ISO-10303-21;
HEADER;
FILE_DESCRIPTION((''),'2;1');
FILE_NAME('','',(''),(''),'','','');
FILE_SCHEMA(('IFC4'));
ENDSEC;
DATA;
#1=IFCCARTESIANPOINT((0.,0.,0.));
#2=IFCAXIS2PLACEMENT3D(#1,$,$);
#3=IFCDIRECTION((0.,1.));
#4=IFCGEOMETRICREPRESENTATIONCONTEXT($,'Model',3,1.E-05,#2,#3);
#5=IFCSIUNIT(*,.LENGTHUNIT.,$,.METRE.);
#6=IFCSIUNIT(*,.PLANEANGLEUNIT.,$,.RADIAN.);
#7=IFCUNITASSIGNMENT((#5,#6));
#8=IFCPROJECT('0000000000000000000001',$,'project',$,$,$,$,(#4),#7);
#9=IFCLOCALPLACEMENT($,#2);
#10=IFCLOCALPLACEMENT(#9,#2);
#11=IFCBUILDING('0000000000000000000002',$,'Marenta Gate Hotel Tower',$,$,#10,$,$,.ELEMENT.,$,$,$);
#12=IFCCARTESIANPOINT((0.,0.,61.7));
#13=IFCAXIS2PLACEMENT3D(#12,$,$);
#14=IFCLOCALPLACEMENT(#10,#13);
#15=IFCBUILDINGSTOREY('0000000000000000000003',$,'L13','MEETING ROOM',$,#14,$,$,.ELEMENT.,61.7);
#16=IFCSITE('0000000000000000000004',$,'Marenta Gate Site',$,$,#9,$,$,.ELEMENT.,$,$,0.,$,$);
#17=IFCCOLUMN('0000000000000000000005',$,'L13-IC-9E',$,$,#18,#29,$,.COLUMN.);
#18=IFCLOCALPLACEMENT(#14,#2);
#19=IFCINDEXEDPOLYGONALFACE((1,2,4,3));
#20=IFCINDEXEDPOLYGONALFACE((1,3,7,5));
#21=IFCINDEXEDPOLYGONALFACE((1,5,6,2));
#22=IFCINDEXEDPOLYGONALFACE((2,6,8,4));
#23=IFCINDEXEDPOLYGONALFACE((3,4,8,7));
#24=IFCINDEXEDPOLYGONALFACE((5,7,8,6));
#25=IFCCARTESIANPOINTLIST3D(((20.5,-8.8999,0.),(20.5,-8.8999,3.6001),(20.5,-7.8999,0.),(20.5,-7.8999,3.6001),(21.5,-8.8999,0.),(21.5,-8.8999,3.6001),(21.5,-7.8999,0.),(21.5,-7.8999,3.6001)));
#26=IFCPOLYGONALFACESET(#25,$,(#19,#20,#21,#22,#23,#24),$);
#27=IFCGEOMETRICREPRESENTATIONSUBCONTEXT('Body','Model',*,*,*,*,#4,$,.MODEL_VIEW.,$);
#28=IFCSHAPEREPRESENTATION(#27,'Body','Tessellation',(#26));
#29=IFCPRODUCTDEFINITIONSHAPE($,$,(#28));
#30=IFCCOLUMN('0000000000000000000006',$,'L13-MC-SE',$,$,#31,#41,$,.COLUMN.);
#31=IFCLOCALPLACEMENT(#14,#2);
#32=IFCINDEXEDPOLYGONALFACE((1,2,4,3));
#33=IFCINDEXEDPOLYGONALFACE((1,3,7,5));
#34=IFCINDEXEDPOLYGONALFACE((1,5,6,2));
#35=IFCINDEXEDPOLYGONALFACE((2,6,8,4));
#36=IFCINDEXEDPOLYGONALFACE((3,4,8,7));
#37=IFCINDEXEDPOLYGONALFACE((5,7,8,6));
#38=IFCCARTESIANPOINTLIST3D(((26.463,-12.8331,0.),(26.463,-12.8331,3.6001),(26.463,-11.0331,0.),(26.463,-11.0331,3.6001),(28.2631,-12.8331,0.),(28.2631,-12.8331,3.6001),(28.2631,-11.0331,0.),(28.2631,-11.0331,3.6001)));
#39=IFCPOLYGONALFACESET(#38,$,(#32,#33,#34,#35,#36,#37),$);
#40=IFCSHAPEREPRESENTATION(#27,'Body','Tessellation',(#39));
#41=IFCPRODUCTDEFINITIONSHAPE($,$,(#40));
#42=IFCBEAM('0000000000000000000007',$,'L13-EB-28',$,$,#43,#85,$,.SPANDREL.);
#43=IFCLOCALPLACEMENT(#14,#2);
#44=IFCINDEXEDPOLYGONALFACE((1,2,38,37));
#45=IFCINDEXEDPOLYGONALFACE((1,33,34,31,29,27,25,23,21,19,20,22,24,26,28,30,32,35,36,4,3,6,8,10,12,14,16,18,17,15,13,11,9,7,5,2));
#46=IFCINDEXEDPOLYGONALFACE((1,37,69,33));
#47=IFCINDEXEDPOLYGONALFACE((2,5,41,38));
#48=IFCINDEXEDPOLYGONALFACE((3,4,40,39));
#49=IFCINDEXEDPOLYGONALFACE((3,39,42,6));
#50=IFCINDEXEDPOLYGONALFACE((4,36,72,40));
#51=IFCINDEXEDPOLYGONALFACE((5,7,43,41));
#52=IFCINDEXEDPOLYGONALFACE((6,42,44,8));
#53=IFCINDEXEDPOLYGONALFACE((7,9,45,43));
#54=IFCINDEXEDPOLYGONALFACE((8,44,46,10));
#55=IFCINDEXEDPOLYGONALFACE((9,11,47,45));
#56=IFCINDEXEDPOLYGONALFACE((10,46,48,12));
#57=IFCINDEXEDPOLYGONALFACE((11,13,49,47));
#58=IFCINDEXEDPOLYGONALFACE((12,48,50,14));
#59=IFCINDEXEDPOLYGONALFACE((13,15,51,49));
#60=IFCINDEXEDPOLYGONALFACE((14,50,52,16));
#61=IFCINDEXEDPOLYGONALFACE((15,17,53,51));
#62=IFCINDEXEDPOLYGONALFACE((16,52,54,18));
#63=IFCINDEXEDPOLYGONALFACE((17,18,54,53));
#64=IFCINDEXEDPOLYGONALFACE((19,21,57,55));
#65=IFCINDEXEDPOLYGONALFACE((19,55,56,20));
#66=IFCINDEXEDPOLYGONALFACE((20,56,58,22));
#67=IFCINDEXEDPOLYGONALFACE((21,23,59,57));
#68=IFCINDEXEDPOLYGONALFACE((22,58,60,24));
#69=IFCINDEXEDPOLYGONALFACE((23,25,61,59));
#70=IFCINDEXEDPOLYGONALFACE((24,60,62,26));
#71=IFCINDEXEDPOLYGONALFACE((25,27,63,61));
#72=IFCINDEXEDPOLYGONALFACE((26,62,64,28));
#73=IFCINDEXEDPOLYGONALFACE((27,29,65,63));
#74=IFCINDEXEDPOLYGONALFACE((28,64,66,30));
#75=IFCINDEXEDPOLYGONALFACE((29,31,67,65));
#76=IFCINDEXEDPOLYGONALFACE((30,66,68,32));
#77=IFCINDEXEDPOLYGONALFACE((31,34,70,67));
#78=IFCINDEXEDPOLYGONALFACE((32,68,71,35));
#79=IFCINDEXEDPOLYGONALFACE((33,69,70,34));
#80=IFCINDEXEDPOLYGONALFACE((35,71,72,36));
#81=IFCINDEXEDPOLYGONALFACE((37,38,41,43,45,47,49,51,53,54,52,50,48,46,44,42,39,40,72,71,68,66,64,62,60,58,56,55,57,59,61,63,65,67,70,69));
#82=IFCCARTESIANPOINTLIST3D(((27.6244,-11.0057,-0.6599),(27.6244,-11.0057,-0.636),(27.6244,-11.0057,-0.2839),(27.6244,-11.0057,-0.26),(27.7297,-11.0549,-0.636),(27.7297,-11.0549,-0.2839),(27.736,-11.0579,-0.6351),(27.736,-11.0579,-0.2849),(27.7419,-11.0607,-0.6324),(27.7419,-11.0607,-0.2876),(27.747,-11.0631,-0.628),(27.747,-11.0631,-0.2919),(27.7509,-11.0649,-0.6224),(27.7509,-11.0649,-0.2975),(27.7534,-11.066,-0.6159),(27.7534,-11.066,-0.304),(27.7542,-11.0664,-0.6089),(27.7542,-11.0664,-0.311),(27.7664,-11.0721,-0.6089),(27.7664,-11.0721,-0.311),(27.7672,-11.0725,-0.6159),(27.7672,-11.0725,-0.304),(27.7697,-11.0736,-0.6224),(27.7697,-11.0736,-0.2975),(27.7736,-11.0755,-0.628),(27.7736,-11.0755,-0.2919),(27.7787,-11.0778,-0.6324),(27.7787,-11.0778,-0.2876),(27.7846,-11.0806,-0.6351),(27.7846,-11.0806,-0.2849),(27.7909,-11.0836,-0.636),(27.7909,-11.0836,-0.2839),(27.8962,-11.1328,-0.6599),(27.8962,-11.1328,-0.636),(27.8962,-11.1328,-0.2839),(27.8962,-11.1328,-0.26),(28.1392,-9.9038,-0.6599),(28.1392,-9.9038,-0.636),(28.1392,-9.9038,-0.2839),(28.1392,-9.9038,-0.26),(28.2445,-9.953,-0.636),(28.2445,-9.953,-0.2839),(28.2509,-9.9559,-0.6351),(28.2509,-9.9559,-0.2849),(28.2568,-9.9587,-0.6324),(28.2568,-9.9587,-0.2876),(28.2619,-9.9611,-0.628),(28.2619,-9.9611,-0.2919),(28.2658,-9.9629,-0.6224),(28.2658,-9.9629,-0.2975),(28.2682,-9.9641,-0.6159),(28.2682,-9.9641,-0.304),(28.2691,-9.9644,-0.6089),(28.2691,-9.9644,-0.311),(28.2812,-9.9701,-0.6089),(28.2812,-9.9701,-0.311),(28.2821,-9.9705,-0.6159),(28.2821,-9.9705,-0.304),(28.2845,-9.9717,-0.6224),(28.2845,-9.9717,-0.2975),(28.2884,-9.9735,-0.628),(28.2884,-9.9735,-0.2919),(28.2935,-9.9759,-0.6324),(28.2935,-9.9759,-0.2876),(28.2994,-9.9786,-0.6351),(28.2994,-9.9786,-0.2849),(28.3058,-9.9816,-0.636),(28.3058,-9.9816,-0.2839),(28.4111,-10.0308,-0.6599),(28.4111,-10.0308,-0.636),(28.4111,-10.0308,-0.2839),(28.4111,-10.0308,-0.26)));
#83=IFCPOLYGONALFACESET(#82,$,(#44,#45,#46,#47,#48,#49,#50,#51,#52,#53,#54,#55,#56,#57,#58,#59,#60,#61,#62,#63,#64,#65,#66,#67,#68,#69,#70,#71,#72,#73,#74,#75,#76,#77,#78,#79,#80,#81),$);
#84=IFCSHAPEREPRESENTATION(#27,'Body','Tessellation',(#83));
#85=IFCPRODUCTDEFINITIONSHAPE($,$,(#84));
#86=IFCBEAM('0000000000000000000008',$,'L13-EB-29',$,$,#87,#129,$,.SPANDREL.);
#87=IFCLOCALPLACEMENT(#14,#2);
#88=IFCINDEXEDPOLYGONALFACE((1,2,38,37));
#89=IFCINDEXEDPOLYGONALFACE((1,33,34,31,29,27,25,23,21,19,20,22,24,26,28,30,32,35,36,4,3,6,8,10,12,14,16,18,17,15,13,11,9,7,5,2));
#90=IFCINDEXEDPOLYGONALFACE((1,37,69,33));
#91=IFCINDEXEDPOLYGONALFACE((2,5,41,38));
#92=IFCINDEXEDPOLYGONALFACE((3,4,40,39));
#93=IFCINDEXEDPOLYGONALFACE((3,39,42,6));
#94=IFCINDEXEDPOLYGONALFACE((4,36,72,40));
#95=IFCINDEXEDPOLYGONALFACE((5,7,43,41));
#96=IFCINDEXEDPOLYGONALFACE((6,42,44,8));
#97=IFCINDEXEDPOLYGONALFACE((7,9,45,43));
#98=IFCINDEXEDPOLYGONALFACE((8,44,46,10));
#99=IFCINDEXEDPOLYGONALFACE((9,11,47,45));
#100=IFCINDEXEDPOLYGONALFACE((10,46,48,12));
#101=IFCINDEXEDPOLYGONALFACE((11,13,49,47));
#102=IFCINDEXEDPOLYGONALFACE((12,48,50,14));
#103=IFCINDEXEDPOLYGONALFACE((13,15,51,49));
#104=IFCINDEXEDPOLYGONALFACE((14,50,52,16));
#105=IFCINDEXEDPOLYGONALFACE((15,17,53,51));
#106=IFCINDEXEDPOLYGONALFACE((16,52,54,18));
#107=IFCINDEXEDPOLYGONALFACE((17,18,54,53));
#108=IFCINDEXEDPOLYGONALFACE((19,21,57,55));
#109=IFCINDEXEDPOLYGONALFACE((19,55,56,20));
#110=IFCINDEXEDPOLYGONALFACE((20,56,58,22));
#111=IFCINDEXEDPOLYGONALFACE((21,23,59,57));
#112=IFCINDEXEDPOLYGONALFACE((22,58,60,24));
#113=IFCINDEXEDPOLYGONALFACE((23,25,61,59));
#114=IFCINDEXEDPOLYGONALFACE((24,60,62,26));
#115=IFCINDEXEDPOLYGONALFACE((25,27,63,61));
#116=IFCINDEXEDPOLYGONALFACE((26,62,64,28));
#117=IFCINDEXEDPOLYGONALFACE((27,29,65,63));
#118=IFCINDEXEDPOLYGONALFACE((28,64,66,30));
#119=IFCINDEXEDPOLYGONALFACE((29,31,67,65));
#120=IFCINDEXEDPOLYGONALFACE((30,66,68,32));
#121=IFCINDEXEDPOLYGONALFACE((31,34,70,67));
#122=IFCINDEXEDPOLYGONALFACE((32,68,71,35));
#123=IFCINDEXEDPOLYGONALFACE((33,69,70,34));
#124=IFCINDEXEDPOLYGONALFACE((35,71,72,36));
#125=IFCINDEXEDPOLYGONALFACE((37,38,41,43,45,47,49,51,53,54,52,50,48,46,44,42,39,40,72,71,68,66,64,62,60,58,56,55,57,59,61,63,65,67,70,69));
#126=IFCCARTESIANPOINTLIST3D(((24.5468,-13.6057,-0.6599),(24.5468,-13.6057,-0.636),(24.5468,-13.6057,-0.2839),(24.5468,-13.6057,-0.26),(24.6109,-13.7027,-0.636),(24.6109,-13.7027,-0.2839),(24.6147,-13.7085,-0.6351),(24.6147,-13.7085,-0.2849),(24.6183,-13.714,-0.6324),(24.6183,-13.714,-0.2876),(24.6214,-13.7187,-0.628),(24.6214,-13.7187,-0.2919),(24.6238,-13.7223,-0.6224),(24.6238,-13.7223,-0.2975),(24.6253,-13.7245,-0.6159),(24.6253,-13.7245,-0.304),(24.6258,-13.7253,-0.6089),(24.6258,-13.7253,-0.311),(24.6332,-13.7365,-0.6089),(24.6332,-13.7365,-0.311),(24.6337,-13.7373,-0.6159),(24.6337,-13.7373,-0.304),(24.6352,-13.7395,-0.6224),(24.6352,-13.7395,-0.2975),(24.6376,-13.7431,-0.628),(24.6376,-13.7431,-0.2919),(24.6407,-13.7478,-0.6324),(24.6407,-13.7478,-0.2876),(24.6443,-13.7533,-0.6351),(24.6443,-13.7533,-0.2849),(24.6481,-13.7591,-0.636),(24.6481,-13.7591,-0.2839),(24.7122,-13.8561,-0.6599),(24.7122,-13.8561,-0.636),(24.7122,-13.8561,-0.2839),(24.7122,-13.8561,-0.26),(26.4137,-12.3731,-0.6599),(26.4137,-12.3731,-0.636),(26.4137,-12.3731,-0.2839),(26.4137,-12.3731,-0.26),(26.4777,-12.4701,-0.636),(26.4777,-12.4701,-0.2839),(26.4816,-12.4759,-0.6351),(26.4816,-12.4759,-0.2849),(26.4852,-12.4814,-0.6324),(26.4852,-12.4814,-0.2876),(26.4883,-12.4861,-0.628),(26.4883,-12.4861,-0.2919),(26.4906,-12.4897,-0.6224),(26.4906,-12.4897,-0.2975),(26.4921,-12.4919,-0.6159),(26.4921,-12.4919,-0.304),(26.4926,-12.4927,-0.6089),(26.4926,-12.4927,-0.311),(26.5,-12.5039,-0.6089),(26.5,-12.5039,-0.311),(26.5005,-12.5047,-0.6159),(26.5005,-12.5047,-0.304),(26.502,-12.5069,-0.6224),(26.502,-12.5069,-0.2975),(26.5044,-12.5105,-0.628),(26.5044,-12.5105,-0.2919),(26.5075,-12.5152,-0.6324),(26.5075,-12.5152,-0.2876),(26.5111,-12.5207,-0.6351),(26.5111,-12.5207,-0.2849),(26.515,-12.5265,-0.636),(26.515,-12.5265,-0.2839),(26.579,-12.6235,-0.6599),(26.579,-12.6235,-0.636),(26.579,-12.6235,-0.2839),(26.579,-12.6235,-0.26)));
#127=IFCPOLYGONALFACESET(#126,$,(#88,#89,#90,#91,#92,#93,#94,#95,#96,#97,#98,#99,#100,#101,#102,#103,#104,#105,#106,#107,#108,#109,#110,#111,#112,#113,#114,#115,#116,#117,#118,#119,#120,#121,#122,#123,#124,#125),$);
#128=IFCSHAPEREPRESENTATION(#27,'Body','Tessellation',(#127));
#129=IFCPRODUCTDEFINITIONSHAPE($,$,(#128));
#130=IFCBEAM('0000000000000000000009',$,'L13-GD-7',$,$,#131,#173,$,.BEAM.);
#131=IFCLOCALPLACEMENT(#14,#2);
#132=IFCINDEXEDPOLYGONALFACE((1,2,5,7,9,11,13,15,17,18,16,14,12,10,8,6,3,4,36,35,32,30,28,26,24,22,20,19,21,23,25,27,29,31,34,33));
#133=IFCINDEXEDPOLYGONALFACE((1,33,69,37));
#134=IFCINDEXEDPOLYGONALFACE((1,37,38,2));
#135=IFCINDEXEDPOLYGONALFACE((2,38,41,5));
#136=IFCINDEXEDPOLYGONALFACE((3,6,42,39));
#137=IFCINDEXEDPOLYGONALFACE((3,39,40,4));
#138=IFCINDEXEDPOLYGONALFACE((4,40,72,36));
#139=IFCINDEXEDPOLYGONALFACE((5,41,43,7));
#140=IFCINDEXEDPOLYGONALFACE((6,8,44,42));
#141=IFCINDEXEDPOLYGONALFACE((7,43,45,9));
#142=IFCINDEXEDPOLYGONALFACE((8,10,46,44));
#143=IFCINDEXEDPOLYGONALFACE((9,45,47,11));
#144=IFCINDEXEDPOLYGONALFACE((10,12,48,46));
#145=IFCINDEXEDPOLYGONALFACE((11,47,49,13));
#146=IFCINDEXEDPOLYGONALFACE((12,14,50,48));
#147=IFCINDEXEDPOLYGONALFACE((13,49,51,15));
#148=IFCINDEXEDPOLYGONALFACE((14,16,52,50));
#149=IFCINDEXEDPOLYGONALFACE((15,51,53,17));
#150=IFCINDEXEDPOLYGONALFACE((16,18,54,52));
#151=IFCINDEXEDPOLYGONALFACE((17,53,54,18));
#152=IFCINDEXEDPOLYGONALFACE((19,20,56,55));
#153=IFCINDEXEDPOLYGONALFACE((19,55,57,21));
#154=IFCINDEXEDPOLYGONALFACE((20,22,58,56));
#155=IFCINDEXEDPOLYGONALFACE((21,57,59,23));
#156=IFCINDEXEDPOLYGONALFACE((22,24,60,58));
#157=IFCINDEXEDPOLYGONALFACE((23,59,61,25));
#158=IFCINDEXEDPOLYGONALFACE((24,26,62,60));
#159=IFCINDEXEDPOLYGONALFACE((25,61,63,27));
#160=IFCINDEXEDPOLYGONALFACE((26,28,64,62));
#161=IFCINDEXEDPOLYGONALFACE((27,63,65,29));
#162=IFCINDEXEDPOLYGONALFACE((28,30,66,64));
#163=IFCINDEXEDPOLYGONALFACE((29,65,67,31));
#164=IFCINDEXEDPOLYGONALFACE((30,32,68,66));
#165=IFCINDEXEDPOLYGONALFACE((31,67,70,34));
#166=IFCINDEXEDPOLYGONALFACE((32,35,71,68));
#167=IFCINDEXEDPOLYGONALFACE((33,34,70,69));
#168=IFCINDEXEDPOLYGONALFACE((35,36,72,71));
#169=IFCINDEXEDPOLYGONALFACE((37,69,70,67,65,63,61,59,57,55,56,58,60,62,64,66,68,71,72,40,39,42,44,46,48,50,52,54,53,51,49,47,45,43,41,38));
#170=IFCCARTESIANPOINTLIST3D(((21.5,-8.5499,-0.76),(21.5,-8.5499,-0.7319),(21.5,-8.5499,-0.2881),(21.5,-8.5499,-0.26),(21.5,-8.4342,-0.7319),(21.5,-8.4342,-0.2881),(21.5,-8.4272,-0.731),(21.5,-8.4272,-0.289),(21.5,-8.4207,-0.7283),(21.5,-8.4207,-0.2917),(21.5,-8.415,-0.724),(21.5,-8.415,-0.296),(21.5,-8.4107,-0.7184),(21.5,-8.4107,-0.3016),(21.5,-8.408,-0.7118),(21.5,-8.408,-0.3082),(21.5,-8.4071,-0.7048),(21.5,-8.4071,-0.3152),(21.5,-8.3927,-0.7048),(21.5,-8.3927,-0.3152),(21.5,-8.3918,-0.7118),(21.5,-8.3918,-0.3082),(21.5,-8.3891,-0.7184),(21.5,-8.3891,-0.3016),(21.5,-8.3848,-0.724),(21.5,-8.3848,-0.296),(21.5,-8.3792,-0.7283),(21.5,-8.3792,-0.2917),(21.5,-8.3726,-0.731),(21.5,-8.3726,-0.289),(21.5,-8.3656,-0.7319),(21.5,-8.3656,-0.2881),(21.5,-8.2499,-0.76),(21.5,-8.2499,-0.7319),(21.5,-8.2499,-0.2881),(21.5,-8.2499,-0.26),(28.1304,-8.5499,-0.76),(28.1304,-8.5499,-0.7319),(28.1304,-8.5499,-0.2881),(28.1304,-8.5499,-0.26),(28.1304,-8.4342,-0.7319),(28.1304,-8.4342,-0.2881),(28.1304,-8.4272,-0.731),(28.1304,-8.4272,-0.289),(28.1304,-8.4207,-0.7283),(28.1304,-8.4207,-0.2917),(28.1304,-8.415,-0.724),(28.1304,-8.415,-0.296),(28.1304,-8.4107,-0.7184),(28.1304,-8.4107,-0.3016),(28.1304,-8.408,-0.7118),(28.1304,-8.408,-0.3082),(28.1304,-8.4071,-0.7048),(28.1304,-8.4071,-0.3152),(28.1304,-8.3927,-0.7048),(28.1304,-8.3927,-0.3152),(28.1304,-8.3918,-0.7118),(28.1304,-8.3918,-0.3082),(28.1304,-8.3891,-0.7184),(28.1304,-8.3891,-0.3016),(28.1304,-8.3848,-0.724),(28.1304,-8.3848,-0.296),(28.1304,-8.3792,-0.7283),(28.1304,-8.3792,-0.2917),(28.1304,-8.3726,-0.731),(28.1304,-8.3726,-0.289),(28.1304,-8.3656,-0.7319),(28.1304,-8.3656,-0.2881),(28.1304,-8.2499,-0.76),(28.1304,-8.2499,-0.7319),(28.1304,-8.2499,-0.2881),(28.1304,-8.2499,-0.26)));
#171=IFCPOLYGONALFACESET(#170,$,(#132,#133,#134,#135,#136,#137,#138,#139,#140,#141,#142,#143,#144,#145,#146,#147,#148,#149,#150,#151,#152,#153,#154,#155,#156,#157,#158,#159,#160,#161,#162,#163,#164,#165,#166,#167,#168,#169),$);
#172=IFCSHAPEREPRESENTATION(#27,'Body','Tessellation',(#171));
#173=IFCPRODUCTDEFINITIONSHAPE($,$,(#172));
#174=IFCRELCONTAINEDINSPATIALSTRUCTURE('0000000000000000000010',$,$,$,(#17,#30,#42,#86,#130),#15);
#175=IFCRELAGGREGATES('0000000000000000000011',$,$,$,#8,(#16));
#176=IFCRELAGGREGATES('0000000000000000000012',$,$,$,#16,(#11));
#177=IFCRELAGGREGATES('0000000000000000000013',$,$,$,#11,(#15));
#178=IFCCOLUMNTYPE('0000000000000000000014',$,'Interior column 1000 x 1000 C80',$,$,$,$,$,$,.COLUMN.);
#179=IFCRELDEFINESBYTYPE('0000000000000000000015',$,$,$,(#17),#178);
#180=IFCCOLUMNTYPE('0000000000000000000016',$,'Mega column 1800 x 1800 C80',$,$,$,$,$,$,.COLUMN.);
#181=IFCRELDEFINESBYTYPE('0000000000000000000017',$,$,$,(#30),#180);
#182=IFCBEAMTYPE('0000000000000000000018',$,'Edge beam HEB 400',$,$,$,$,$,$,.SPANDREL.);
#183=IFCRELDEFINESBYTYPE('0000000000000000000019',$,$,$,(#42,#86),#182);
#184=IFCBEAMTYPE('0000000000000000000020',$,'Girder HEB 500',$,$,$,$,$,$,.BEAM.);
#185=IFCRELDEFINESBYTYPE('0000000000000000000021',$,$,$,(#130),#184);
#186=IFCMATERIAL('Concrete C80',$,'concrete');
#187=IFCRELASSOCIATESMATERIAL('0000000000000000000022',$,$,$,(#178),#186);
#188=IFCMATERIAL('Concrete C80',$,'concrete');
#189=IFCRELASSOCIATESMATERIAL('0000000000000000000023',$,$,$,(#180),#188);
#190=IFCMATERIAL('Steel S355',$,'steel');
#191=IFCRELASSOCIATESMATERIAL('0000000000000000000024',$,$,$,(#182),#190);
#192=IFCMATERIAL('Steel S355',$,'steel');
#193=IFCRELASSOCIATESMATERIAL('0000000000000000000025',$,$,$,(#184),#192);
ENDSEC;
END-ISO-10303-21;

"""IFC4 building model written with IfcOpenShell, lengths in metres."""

from ifc_helpers import new_model, si_unit, direction, frame, origin, origin_2d, place, context, subcontext, project, spatial, rectangle, i_section, extrude, material, material_profile, profile_set, type_object, element, save


model = new_model("IFC4")

# Units and contexts
model_context = context("Model", 3, precision=1e-05, world=origin(), true_north=direction((0.0, 1.0)))
body_context = subcontext(model_context, "Body", "Model", "MODEL_VIEW")
ifc_project = project(units=[si_unit("LENGTHUNIT", "METRE"), si_unit("PLANEANGLEUNIT", "RADIAN")], contexts=[model_context])

# Site, building, storey
site_placement = place(None, origin())
site = spatial("IfcSite", under=ifc_project, at=site_placement, Name="Marenta Gate Site", CompositionType="ELEMENT", RefElevation=0.0)
building_placement = place(site_placement, origin())
building = spatial("IfcBuilding", under=site, at=building_placement, Name="Marenta Gate Hotel Tower", CompositionType="ELEMENT")
storey_placement = place(building_placement, frame((0.0, 0.0, 61.7)))
storey = spatial("IfcBuildingStorey", under=building, at=storey_placement, Name="L13", Description="MEETING ROOM", CompositionType="ELEMENT", Elevation=61.7)

# Columns
ifc_material_1 = material(Name="Concrete C80", Category="concrete")
ifc_material_profile_1 = material_profile(ifc_material_1, rectangle(XDim=1.0, YDim=1.0, at=origin_2d()), Name="1000 x 1000")
ifc_profile_set_1 = profile_set([ifc_material_profile_1], Name="Concrete C80")
column_type_1 = type_object("IfcColumnType", Name="Interior column 1000 x 1000 C80", PredefinedType="COLUMN", material=ifc_profile_set_1)
column_1_placement = place(storey_placement, frame((21.0, -8.3999, 0.0), z_axis=(0.0, 0.0, 1.0), x_axis=(1.0, 0.0, 0.0)))
element("IfcColumn", 1, at=column_1_placement, inside=storey, type_object=column_type_1, Name="L13-IC-9E", PredefinedType="COLUMN", context=body_context, shape_type="SweptSolid", body=[
    extrude(rectangle(XDim=1.0, YDim=1.0, at=origin_2d()), origin(), (0.0, 0.0, 1.0), 3.6001),
])
ifc_material_2 = material(Name="Concrete C80", Category="concrete")
ifc_material_profile_2 = material_profile(ifc_material_2, rectangle(XDim=1.8, YDim=1.8, at=origin_2d()), Name="1800 x 1800")
ifc_profile_set_2 = profile_set([ifc_material_profile_2], Name="Concrete C80")
column_type_2 = type_object("IfcColumnType", Name="Mega column 1800 x 1800 C80", PredefinedType="COLUMN", material=ifc_profile_set_2)
column_2_placement = place(storey_placement, frame((27.363, -11.9331, 0.0), z_axis=(0.0, 0.0, 1.0), x_axis=(1.0, 0.0, 0.0)))
element("IfcColumn", 2, at=column_2_placement, inside=storey, type_object=column_type_2, Name="L13-MC-SE", PredefinedType="COLUMN", context=body_context, shape_type="SweptSolid", body=[
    extrude(rectangle(XDim=1.8, YDim=1.8, at=origin_2d()), origin(), (0.0, 0.0, 1.0), 3.6001),
])

# Beams
ifc_material_3 = material(Name="Steel S355", Category="steel")
ifc_material_profile_3 = material_profile(ifc_material_3, i_section(OverallWidth=0.3, OverallDepth=0.3999, WebThickness=0.0134, FlangeThickness=0.0239, FilletRadius=0.0271, at=origin_2d()), Name="HEB 400")
ifc_profile_set_3 = profile_set([ifc_material_profile_3], Name="Steel S355")
beam_type_1 = type_object("IfcBeamType", Name="Edge beam HEB 400", PredefinedType="SPANDREL", material=ifc_profile_set_3)
beam_1_placement = place(storey_placement, frame((28.2751, -9.9673, -0.46), z_axis=(-0.423292, -0.905993, 0.0), x_axis=(0.905993, -0.423292, 0.0)))
element("IfcBeam", 3, at=beam_1_placement, inside=storey, type_object=beam_type_1, Name="L13-EB-28", PredefinedType="SPANDREL", context=body_context, shape_type="SweptSolid", body=[
    extrude(i_section(OverallWidth=0.3, OverallDepth=0.3999, WebThickness=0.0134, FlangeThickness=0.0239, FilletRadius=0.0271, at=origin_2d()), origin(), (0.0, 0.0, 1.0), 1.2163),
])
beam_2_placement = place(storey_placement, frame((26.4963, -12.4983, -0.46), z_axis=(-0.83451, -0.550993, 0.0), x_axis=(0.550993, -0.83451, 0.0)))
element("IfcBeam", 4, at=beam_2_placement, inside=storey, type_object=beam_type_1, Name="L13-EB-29", PredefinedType="SPANDREL", context=body_context, shape_type="SweptSolid", body=[
    extrude(i_section(OverallWidth=0.3, OverallDepth=0.3999, WebThickness=0.0134, FlangeThickness=0.0239, FilletRadius=0.0271, at=origin_2d()), origin(), (0.0, 0.0, 1.0), 2.2371),
])
ifc_material_4 = material(Name="Steel S355", Category="steel")
ifc_material_profile_4 = material_profile(ifc_material_4, i_section(OverallWidth=0.3, OverallDepth=0.5, WebThickness=0.0144, FlangeThickness=0.0281, FilletRadius=0.0271, at=origin_2d()), Name="HEB 500")
ifc_profile_set_4 = profile_set([ifc_material_profile_4], Name="Steel S355")
beam_type_2 = type_object("IfcBeamType", Name="Girder HEB 500", PredefinedType="BEAM", material=ifc_profile_set_4)
beam_3_placement = place(storey_placement, frame((21.5, -8.3999, -0.51), z_axis=(1.0, 0.0, 0.0), x_axis=(0.0, 1.0, 0.0)))
element("IfcBeam", 5, at=beam_3_placement, inside=storey, type_object=beam_type_2, Name="L13-GD-7", PredefinedType="BEAM", context=body_context, shape_type="SweptSolid", body=[
    extrude(i_section(OverallWidth=0.3, OverallDepth=0.5, WebThickness=0.0144, FlangeThickness=0.0281, FilletRadius=0.0271, at=origin_2d()), origin(), (0.0, 0.0, 1.0), 6.6304),
])

save(model, "model.ifc")
